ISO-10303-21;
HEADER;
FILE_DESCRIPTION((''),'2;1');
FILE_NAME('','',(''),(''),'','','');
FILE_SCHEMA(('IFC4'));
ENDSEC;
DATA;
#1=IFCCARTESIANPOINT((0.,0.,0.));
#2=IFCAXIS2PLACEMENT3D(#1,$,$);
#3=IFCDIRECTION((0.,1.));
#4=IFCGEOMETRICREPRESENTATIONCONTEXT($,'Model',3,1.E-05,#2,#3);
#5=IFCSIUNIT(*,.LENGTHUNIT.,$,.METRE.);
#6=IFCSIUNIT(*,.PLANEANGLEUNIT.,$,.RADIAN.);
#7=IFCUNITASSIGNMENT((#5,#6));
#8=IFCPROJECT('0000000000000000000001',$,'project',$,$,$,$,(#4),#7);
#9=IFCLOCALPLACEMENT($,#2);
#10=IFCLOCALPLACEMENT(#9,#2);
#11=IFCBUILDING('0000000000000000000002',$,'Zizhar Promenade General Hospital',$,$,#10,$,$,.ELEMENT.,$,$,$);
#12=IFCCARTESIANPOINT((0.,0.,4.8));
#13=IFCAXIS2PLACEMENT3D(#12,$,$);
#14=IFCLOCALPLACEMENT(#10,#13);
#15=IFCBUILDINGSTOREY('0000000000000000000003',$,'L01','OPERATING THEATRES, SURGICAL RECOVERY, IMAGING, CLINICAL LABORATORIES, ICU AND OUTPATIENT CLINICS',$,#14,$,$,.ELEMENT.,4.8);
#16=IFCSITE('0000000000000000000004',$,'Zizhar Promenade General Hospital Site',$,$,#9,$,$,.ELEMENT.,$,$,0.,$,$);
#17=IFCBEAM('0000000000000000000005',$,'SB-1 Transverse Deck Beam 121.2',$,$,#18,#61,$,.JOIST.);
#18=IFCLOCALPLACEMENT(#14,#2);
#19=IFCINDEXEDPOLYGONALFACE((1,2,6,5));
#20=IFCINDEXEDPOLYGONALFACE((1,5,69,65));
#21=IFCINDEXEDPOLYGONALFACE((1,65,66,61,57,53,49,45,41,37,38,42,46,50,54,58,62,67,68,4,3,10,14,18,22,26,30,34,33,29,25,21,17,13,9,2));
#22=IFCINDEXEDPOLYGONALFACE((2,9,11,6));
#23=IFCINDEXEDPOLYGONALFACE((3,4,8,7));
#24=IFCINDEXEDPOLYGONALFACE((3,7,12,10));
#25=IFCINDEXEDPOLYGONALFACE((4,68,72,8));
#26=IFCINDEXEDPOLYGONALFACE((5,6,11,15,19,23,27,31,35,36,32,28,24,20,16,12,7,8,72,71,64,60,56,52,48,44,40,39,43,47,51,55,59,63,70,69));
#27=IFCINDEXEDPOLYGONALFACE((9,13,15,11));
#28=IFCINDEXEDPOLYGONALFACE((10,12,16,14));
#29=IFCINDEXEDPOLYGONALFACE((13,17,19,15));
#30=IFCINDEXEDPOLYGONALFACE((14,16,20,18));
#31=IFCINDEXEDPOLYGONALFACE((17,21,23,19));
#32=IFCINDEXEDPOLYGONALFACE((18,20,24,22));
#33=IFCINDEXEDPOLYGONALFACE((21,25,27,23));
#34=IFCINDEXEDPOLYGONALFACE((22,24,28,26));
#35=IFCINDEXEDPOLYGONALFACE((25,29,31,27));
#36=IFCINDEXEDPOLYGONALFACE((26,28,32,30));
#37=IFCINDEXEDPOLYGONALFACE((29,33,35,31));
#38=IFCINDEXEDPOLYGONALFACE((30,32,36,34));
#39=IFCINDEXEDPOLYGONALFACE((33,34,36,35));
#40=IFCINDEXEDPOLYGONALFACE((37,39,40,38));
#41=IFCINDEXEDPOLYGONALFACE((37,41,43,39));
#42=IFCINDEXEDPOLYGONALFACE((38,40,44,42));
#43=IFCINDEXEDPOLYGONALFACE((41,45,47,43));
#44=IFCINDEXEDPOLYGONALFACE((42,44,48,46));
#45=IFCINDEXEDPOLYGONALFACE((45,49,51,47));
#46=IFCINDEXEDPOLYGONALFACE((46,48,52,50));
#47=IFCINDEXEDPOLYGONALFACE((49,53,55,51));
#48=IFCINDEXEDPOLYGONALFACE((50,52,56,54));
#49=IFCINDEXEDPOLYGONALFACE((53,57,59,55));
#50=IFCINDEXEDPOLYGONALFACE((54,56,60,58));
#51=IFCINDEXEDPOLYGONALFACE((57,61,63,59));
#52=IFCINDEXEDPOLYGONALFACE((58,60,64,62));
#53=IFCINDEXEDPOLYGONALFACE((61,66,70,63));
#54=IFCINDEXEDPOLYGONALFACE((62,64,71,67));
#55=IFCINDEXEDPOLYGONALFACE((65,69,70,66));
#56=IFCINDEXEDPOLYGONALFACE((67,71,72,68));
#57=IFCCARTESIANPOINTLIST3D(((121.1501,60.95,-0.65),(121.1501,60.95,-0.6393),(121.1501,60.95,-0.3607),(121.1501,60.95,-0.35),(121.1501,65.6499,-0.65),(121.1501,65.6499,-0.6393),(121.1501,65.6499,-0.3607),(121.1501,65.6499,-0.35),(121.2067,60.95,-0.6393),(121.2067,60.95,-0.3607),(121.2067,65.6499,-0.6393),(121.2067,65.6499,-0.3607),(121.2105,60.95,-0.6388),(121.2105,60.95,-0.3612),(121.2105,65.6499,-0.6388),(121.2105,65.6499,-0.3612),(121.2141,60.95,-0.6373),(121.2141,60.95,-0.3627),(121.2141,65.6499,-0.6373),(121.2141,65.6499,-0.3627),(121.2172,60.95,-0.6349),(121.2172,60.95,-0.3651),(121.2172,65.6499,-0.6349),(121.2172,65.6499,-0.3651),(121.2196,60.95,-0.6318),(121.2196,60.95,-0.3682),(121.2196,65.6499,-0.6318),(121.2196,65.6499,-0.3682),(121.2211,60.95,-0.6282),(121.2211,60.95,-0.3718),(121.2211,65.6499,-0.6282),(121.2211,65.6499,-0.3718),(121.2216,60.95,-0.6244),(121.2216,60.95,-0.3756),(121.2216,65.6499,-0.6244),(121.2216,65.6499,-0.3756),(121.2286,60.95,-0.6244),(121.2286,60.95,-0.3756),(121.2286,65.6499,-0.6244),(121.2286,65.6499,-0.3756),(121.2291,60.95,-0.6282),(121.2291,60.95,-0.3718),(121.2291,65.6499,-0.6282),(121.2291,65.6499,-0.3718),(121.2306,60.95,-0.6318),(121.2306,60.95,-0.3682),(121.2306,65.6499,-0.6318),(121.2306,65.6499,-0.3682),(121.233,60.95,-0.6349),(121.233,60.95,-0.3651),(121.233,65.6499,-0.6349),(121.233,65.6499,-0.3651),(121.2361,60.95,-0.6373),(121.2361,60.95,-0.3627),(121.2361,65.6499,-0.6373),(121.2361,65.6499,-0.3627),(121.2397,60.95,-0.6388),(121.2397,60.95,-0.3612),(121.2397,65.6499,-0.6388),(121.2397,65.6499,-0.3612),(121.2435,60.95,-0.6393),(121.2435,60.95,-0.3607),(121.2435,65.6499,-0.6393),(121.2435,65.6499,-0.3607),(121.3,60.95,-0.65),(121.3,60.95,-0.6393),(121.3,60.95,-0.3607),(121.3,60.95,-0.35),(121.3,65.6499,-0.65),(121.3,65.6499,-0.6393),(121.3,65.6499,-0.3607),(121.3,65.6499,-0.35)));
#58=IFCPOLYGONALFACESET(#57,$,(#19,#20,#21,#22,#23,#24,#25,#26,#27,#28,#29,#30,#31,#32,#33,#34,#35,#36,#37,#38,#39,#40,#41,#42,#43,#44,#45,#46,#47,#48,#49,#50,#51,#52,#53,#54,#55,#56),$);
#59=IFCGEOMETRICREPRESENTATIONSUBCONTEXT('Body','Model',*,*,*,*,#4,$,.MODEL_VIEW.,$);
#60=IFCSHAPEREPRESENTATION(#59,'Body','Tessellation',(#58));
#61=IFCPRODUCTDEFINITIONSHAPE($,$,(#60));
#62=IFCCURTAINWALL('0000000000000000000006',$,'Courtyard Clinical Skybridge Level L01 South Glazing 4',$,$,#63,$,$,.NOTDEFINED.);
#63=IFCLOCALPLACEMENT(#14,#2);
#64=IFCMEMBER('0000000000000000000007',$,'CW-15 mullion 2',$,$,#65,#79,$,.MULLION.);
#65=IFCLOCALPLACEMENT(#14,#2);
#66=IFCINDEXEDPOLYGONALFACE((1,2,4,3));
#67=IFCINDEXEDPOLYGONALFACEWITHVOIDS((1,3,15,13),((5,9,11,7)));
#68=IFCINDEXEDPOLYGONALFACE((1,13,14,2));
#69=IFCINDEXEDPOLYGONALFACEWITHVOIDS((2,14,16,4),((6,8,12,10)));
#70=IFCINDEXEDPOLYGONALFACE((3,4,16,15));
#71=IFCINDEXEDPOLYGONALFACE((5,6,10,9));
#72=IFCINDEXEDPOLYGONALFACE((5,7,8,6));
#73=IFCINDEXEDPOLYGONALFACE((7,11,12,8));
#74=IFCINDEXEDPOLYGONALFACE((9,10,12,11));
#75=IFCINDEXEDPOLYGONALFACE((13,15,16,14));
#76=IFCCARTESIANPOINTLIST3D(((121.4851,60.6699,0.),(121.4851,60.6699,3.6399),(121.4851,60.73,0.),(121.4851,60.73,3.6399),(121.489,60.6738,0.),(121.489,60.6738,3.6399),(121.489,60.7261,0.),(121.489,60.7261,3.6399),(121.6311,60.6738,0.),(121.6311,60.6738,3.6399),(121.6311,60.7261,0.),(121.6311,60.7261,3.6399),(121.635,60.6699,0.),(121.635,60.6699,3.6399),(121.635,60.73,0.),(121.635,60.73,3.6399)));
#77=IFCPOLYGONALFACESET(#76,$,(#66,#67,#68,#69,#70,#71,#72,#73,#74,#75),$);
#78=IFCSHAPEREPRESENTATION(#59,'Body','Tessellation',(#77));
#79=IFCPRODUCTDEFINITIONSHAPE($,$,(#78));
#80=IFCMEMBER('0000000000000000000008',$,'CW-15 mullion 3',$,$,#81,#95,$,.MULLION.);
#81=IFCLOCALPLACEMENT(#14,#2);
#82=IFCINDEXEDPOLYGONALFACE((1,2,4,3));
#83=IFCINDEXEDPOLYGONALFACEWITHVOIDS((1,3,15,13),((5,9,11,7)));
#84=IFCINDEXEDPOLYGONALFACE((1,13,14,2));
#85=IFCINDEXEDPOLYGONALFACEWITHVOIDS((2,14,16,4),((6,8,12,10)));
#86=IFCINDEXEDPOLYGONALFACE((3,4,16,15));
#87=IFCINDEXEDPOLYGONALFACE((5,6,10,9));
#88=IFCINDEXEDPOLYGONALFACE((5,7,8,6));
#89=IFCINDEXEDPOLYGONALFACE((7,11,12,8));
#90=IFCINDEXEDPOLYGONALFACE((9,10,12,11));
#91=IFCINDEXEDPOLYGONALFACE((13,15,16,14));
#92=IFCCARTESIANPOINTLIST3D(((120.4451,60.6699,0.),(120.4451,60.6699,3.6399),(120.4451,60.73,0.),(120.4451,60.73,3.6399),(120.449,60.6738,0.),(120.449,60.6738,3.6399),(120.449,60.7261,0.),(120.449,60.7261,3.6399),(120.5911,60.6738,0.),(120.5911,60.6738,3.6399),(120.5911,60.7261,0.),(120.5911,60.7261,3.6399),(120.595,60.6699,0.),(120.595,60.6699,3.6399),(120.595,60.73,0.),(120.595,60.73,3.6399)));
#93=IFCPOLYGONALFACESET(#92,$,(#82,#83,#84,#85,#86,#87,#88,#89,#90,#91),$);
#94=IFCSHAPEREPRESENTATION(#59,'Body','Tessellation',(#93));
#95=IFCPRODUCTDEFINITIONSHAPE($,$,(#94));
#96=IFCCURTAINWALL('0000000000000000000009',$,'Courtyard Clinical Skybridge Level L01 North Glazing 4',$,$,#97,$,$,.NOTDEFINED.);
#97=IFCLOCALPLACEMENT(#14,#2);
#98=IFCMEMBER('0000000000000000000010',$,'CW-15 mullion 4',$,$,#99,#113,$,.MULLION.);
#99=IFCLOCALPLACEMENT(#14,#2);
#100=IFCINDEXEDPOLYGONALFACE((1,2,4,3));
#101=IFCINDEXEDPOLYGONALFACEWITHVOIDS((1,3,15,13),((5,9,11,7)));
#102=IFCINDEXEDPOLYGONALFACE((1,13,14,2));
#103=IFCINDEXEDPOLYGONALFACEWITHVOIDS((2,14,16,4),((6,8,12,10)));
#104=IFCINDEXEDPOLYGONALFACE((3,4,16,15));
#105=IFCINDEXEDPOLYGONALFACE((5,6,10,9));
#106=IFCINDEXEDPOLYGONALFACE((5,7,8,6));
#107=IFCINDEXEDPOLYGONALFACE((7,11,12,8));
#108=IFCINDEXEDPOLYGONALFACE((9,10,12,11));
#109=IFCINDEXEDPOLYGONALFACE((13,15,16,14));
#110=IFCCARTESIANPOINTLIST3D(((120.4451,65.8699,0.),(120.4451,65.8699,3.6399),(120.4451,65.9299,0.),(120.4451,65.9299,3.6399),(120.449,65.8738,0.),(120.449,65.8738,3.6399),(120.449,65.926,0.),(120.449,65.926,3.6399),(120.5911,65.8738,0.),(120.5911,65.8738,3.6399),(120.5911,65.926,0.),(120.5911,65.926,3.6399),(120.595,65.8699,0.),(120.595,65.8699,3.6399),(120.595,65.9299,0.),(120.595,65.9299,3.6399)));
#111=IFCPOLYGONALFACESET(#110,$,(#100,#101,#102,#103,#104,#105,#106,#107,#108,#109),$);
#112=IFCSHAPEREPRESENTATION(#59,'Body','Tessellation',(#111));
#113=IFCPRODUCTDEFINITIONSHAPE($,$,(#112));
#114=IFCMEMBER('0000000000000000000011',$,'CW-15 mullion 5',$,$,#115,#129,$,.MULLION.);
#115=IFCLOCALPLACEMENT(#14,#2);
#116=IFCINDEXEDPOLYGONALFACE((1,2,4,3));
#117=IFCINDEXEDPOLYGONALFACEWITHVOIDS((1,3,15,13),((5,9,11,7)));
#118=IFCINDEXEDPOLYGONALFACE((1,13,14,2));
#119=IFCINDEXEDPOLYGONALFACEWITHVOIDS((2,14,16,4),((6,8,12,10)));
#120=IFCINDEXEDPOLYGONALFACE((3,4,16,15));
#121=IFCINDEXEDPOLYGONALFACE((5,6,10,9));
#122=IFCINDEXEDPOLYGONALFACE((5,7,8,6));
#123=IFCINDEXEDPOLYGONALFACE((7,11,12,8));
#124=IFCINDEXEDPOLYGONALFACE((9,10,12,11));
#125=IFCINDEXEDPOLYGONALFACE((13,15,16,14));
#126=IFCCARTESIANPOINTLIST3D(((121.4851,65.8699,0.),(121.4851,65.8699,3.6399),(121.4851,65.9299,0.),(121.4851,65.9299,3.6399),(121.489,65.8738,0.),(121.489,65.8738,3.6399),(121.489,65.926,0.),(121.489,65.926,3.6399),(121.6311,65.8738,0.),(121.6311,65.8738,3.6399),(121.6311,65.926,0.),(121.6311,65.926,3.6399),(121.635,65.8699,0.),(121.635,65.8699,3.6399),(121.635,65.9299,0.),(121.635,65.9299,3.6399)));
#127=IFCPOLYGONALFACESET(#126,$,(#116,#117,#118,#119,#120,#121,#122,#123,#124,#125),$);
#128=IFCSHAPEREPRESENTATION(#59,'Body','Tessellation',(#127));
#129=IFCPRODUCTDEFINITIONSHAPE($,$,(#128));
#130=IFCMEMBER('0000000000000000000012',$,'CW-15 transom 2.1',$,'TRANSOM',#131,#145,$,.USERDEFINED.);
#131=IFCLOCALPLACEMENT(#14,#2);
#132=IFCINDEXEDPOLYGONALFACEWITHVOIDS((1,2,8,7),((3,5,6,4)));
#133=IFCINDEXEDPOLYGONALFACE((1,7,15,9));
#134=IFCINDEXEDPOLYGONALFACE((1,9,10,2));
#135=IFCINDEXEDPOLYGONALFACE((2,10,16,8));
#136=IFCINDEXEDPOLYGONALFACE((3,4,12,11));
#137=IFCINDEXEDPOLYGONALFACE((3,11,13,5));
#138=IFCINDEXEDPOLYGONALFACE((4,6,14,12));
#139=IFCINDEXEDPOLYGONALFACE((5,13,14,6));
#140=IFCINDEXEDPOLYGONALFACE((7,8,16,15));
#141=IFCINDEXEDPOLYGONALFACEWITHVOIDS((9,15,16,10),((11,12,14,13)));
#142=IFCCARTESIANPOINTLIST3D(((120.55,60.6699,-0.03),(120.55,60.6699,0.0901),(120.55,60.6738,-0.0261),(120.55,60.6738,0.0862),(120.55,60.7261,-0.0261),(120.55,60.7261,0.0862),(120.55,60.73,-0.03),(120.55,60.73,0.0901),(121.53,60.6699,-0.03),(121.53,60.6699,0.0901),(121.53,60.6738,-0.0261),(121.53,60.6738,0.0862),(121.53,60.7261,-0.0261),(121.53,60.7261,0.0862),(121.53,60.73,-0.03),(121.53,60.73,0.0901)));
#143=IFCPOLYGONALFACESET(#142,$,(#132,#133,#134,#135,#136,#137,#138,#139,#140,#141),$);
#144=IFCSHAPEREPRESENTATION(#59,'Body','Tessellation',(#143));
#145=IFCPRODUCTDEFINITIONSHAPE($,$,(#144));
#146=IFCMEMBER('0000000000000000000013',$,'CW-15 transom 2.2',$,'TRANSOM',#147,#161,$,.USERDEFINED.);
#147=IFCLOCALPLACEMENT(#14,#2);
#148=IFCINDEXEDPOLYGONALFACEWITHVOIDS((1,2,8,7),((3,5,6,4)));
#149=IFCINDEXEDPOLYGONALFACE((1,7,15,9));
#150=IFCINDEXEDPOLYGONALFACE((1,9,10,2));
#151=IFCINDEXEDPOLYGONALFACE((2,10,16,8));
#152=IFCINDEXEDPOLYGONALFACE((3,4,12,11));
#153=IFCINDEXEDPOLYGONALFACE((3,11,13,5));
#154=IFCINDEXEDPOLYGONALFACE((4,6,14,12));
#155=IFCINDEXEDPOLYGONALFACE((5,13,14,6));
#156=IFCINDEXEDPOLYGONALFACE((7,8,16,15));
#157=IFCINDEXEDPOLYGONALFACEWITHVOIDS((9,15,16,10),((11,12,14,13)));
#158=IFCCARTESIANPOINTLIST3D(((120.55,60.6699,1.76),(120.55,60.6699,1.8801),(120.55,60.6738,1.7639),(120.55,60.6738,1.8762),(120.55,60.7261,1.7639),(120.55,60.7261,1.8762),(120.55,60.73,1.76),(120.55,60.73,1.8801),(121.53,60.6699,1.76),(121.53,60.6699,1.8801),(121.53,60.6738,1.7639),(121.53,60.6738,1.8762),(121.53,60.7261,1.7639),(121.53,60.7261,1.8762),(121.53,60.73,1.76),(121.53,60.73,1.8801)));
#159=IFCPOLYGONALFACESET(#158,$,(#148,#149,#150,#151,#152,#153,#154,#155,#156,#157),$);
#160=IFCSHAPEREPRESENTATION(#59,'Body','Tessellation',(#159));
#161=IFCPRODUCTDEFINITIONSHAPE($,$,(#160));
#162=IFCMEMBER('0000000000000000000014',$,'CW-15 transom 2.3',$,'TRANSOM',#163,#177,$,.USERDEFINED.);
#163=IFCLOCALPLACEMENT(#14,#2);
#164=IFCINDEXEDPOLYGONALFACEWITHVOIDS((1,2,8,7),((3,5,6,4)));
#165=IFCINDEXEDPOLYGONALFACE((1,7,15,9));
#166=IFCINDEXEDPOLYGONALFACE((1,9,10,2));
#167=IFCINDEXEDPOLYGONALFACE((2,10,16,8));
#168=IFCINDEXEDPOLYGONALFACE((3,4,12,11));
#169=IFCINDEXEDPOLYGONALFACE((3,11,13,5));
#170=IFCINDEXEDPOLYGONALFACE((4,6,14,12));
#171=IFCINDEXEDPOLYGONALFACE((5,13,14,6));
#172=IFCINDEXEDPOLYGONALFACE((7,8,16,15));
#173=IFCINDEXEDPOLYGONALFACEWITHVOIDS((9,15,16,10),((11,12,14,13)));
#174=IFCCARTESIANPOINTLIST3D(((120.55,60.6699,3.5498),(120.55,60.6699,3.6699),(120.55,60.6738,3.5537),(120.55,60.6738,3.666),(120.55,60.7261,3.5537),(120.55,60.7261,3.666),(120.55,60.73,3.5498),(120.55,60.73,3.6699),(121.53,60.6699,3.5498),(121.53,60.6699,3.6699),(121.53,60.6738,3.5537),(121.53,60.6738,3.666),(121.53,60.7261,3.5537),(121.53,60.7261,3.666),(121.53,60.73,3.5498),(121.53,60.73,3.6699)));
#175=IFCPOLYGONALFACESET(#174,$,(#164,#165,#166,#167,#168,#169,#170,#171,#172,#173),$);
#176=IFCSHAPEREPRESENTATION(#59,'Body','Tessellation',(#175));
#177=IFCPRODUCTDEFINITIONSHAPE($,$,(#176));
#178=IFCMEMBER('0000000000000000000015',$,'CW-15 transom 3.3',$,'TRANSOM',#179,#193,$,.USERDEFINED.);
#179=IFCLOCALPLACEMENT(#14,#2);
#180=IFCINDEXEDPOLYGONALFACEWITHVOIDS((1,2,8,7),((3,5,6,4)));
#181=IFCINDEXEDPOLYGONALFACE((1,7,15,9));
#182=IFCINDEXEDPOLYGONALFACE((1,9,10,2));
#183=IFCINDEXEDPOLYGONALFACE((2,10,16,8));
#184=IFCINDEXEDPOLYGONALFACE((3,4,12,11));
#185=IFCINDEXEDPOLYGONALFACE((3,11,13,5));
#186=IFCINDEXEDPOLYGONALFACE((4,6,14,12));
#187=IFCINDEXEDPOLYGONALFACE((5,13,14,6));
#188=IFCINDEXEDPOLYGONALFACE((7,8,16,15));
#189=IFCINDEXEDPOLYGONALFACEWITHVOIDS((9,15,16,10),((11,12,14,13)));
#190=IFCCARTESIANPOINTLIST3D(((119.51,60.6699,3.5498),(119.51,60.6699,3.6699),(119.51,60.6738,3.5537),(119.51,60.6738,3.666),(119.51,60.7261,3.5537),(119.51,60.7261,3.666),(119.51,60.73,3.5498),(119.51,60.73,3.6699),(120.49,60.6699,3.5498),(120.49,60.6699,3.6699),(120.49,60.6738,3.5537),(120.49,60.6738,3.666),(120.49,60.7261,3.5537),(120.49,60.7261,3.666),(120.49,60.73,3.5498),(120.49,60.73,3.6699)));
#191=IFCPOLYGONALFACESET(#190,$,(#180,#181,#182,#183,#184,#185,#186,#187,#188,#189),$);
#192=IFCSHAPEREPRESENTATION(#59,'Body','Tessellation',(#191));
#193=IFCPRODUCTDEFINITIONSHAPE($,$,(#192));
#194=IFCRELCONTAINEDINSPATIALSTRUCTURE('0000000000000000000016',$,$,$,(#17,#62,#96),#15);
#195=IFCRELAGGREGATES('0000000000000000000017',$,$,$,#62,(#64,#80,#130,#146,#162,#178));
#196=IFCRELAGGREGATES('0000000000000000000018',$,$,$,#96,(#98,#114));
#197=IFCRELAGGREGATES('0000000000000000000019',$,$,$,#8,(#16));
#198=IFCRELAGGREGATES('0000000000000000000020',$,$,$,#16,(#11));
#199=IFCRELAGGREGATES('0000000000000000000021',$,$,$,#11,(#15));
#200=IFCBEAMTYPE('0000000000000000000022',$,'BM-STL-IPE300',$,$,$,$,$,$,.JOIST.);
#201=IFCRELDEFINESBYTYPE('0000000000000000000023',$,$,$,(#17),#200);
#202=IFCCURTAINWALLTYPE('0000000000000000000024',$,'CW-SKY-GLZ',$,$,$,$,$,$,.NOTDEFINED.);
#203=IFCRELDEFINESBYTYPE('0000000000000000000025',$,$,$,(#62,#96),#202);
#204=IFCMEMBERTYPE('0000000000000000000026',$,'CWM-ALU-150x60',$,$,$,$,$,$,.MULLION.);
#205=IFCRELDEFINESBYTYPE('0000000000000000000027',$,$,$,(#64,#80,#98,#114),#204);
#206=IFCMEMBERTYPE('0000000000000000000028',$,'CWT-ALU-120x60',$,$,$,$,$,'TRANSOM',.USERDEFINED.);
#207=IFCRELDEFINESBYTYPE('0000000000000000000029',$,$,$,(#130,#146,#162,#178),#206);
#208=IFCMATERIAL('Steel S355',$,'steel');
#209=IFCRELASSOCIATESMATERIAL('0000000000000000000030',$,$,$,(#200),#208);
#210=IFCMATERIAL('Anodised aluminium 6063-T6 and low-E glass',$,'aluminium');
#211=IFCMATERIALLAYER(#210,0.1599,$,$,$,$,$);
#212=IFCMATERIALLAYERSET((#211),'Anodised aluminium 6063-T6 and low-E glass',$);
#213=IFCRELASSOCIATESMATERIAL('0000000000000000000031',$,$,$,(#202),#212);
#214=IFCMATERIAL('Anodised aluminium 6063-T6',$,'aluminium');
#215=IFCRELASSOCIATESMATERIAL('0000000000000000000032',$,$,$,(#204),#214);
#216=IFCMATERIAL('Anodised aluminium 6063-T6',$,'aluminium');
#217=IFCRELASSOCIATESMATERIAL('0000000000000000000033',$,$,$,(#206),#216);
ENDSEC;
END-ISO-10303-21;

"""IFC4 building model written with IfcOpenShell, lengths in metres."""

from ifc_helpers import new_model, si_unit, direction, frame, origin, origin_2d, place, context, subcontext, project, spatial, hollow_rectangle, i_section, extrude, material, layer, layer_set, material_profile, profile_set, type_object, element, aggregate, save


model = new_model("IFC4")

# Units and contexts
model_context = context("Model", 3, precision=1e-05, world=origin(), true_north=direction((0.0, 1.0)))
body_context = subcontext(model_context, "Body", "Model", "MODEL_VIEW")
ifc_project = project(units=[si_unit("LENGTHUNIT", "METRE"), si_unit("PLANEANGLEUNIT", "RADIAN")], contexts=[model_context])

# Site, building, storey
site_placement = place(None, origin())
site = spatial("IfcSite", under=ifc_project, at=site_placement, Name="Zizhar Promenade General Hospital Site", CompositionType="ELEMENT", RefElevation=0.0)
building_placement = place(site_placement, origin())
building = spatial("IfcBuilding", under=site, at=building_placement, Name="Zizhar Promenade General Hospital", CompositionType="ELEMENT")
storey_placement = place(building_placement, frame((0.0, 0.0, 4.8)))
storey = spatial("IfcBuildingStorey", under=building, at=storey_placement, Name="L01", Description="OPERATING THEATRES, SURGICAL RECOVERY, IMAGING, CLINICAL LABORATORIES, ICU AND OUTPATIENT CLINICS", CompositionType="ELEMENT", Elevation=4.8)

# Beam
ifc_material_1 = material(Name="Steel S355", Category="steel")
ifc_material_profile_1 = material_profile(ifc_material_1, i_section(OverallWidth=0.1499, OverallDepth=0.3, WebThickness=0.0071, FlangeThickness=0.0107, FilletRadius=0.0149, at=origin_2d()))
ifc_profile_set_1 = profile_set([ifc_material_profile_1], Name="Steel S355")
beam_type = type_object("IfcBeamType", Name="BM-STL-IPE300", PredefinedType="JOIST", material=ifc_profile_set_1)
beam_placement = place(storey_placement, frame((121.2251, 60.95, -0.5), z_axis=(0.0, 1.0, 0.0), x_axis=(-1.0, 0.0, 0.0)))
element("IfcBeam", 1, at=beam_placement, inside=storey, type_object=beam_type, Name="SB-1 Transverse Deck Beam 121.2", PredefinedType="JOIST", context=body_context, shape_type="SweptSolid", body=[
    extrude(i_section(OverallWidth=0.1499, OverallDepth=0.3, WebThickness=0.0071, FlangeThickness=0.0107, FilletRadius=0.0149, at=origin_2d()), origin(), (0.0, 0.0, 1.0), 4.7),
])

# Curtain walls, members
ifc_material_2 = material(Name="Anodised aluminium 6063-T6 and low-E glass", Category="aluminium")
ifc_layer_1 = layer(ifc_material_2, 0.1599)
ifc_layer_set_1 = layer_set([ifc_layer_1], Name="Anodised aluminium 6063-T6 and low-E glass")
curtain_wall_type = type_object("IfcCurtainWallType", Name="CW-SKY-GLZ", PredefinedType="NOTDEFINED", material=ifc_layer_set_1)
curtain_wall_1_placement = place(storey_placement, origin())
curtain_wall_1 = element("IfcCurtainWall", 2, at=curtain_wall_1_placement, inside=storey, type_object=curtain_wall_type, Name="Courtyard Clinical Skybridge Level L01 South Glazing 4", PredefinedType="NOTDEFINED")
ifc_material_3 = material(Name="Anodised aluminium 6063-T6", Category="aluminium")
ifc_material_profile_2 = material_profile(ifc_material_3, hollow_rectangle(XDim=0.0601, YDim=0.1499, WallThickness=0.0039, at=origin_2d()))
ifc_profile_set_2 = profile_set([ifc_material_profile_2], Name="Anodised aluminium 6063-T6")
member_type_1 = type_object("IfcMemberType", Name="CWM-ALU-150x60", PredefinedType="MULLION", material=ifc_profile_set_2)
member_1_placement = place(storey_placement, frame((121.5601, 60.7, 0.0), z_axis=(0.0, 0.0, 1.0), x_axis=(0.0, -1.0, 0.0)))
member_1 = element("IfcMember", 3, at=member_1_placement, type_object=member_type_1, Name="CW-15 mullion 2", PredefinedType="MULLION", context=body_context, shape_type="SweptSolid", body=[
    extrude(hollow_rectangle(XDim=0.0601, YDim=0.1499, WallThickness=0.0039, at=origin_2d()), origin(), (0.0, 0.0, 1.0), 3.6399),
])
member_2_placement = place(storey_placement, frame((120.52, 60.7, 0.0), z_axis=(0.0, 0.0, 1.0), x_axis=(0.0, -1.0, 0.0)))
member_2 = element("IfcMember", 4, at=member_2_placement, type_object=member_type_1, Name="CW-15 mullion 3", PredefinedType="MULLION", context=body_context, shape_type="SweptSolid", body=[
    extrude(hollow_rectangle(XDim=0.0601, YDim=0.1499, WallThickness=0.0039, at=origin_2d()), origin(), (0.0, 0.0, 1.0), 3.6399),
])
curtain_wall_2_placement = place(storey_placement, origin())
curtain_wall_2 = element("IfcCurtainWall", 5, at=curtain_wall_2_placement, inside=storey, type_object=curtain_wall_type, Name="Courtyard Clinical Skybridge Level L01 North Glazing 4", PredefinedType="NOTDEFINED")
member_3_placement = place(storey_placement, frame((120.52, 65.8999, 0.0), z_axis=(0.0, 0.0, 1.0), x_axis=(0.0, 1.0, 0.0)))
member_3 = element("IfcMember", 6, at=member_3_placement, type_object=member_type_1, Name="CW-15 mullion 4", PredefinedType="MULLION", context=body_context, shape_type="SweptSolid", body=[
    extrude(hollow_rectangle(XDim=0.0601, YDim=0.1499, WallThickness=0.0039, at=origin_2d()), origin(), (0.0, 0.0, 1.0), 3.6399),
])
member_4_placement = place(storey_placement, frame((121.5601, 65.8999, 0.0), z_axis=(0.0, 0.0, 1.0), x_axis=(0.0, 1.0, 0.0)))
member_4 = element("IfcMember", 7, at=member_4_placement, type_object=member_type_1, Name="CW-15 mullion 5", PredefinedType="MULLION", context=body_context, shape_type="SweptSolid", body=[
    extrude(hollow_rectangle(XDim=0.0601, YDim=0.1499, WallThickness=0.0039, at=origin_2d()), origin(), (0.0, 0.0, 1.0), 3.6399),
])

# Members
ifc_material_4 = material(Name="Anodised aluminium 6063-T6", Category="aluminium")
ifc_material_profile_3 = material_profile(ifc_material_4, hollow_rectangle(XDim=0.0601, YDim=0.1201, WallThickness=0.0039, at=origin_2d()))
ifc_profile_set_3 = profile_set([ifc_material_profile_3], Name="Anodised aluminium 6063-T6")
member_type_2 = type_object("IfcMemberType", Name="CWT-ALU-120x60", ElementType="TRANSOM", PredefinedType="USERDEFINED", material=ifc_profile_set_3)
member_5_placement = place(storey_placement, frame((121.53, 60.7, 0.03), z_axis=(-1.0, 0.0, 0.0), x_axis=(0.0, -1.0, 0.0)))
member_5 = element("IfcMember", 8, at=member_5_placement, type_object=member_type_2, Name="CW-15 transom 2.1", ObjectType="TRANSOM", PredefinedType="USERDEFINED", context=body_context, shape_type="SweptSolid", body=[
    extrude(hollow_rectangle(XDim=0.0601, YDim=0.1201, WallThickness=0.0039, at=origin_2d()), origin(), (0.0, 0.0, 1.0), 0.98),
])
member_6_placement = place(storey_placement, frame((121.53, 60.7, 1.8201), z_axis=(-1.0, 0.0, 0.0), x_axis=(0.0, -1.0, 0.0)))
member_6 = element("IfcMember", 9, at=member_6_placement, type_object=member_type_2, Name="CW-15 transom 2.2", ObjectType="TRANSOM", PredefinedType="USERDEFINED", context=body_context, shape_type="SweptSolid", body=[
    extrude(hollow_rectangle(XDim=0.0601, YDim=0.1201, WallThickness=0.0039, at=origin_2d()), origin(), (0.0, 0.0, 1.0), 0.98),
])
member_7_placement = place(storey_placement, frame((121.53, 60.7, 3.6099), z_axis=(-1.0, 0.0, 0.0), x_axis=(0.0, -1.0, 0.0)))
member_7 = element("IfcMember", 10, at=member_7_placement, type_object=member_type_2, Name="CW-15 transom 2.3", ObjectType="TRANSOM", PredefinedType="USERDEFINED", context=body_context, shape_type="SweptSolid", body=[
    extrude(hollow_rectangle(XDim=0.0601, YDim=0.1201, WallThickness=0.0039, at=origin_2d()), origin(), (0.0, 0.0, 1.0), 0.98),
])
member_8_placement = place(storey_placement, frame((120.49, 60.7, 3.6099), z_axis=(-1.0, 0.0, 0.0), x_axis=(0.0, -1.0, 0.0)))
member_8 = element("IfcMember", 11, at=member_8_placement, type_object=member_type_2, Name="CW-15 transom 3.3", ObjectType="TRANSOM", PredefinedType="USERDEFINED", context=body_context, shape_type="SweptSolid", body=[
    extrude(hollow_rectangle(XDim=0.0601, YDim=0.1201, WallThickness=0.0039, at=origin_2d()), origin(), (0.0, 0.0, 1.0), 0.98),
])

aggregate(curtain_wall_1, [member_1, member_2, member_5, member_6, member_7, member_8])
aggregate(curtain_wall_2, [member_3, member_4])

save(model, "model.ifc")
